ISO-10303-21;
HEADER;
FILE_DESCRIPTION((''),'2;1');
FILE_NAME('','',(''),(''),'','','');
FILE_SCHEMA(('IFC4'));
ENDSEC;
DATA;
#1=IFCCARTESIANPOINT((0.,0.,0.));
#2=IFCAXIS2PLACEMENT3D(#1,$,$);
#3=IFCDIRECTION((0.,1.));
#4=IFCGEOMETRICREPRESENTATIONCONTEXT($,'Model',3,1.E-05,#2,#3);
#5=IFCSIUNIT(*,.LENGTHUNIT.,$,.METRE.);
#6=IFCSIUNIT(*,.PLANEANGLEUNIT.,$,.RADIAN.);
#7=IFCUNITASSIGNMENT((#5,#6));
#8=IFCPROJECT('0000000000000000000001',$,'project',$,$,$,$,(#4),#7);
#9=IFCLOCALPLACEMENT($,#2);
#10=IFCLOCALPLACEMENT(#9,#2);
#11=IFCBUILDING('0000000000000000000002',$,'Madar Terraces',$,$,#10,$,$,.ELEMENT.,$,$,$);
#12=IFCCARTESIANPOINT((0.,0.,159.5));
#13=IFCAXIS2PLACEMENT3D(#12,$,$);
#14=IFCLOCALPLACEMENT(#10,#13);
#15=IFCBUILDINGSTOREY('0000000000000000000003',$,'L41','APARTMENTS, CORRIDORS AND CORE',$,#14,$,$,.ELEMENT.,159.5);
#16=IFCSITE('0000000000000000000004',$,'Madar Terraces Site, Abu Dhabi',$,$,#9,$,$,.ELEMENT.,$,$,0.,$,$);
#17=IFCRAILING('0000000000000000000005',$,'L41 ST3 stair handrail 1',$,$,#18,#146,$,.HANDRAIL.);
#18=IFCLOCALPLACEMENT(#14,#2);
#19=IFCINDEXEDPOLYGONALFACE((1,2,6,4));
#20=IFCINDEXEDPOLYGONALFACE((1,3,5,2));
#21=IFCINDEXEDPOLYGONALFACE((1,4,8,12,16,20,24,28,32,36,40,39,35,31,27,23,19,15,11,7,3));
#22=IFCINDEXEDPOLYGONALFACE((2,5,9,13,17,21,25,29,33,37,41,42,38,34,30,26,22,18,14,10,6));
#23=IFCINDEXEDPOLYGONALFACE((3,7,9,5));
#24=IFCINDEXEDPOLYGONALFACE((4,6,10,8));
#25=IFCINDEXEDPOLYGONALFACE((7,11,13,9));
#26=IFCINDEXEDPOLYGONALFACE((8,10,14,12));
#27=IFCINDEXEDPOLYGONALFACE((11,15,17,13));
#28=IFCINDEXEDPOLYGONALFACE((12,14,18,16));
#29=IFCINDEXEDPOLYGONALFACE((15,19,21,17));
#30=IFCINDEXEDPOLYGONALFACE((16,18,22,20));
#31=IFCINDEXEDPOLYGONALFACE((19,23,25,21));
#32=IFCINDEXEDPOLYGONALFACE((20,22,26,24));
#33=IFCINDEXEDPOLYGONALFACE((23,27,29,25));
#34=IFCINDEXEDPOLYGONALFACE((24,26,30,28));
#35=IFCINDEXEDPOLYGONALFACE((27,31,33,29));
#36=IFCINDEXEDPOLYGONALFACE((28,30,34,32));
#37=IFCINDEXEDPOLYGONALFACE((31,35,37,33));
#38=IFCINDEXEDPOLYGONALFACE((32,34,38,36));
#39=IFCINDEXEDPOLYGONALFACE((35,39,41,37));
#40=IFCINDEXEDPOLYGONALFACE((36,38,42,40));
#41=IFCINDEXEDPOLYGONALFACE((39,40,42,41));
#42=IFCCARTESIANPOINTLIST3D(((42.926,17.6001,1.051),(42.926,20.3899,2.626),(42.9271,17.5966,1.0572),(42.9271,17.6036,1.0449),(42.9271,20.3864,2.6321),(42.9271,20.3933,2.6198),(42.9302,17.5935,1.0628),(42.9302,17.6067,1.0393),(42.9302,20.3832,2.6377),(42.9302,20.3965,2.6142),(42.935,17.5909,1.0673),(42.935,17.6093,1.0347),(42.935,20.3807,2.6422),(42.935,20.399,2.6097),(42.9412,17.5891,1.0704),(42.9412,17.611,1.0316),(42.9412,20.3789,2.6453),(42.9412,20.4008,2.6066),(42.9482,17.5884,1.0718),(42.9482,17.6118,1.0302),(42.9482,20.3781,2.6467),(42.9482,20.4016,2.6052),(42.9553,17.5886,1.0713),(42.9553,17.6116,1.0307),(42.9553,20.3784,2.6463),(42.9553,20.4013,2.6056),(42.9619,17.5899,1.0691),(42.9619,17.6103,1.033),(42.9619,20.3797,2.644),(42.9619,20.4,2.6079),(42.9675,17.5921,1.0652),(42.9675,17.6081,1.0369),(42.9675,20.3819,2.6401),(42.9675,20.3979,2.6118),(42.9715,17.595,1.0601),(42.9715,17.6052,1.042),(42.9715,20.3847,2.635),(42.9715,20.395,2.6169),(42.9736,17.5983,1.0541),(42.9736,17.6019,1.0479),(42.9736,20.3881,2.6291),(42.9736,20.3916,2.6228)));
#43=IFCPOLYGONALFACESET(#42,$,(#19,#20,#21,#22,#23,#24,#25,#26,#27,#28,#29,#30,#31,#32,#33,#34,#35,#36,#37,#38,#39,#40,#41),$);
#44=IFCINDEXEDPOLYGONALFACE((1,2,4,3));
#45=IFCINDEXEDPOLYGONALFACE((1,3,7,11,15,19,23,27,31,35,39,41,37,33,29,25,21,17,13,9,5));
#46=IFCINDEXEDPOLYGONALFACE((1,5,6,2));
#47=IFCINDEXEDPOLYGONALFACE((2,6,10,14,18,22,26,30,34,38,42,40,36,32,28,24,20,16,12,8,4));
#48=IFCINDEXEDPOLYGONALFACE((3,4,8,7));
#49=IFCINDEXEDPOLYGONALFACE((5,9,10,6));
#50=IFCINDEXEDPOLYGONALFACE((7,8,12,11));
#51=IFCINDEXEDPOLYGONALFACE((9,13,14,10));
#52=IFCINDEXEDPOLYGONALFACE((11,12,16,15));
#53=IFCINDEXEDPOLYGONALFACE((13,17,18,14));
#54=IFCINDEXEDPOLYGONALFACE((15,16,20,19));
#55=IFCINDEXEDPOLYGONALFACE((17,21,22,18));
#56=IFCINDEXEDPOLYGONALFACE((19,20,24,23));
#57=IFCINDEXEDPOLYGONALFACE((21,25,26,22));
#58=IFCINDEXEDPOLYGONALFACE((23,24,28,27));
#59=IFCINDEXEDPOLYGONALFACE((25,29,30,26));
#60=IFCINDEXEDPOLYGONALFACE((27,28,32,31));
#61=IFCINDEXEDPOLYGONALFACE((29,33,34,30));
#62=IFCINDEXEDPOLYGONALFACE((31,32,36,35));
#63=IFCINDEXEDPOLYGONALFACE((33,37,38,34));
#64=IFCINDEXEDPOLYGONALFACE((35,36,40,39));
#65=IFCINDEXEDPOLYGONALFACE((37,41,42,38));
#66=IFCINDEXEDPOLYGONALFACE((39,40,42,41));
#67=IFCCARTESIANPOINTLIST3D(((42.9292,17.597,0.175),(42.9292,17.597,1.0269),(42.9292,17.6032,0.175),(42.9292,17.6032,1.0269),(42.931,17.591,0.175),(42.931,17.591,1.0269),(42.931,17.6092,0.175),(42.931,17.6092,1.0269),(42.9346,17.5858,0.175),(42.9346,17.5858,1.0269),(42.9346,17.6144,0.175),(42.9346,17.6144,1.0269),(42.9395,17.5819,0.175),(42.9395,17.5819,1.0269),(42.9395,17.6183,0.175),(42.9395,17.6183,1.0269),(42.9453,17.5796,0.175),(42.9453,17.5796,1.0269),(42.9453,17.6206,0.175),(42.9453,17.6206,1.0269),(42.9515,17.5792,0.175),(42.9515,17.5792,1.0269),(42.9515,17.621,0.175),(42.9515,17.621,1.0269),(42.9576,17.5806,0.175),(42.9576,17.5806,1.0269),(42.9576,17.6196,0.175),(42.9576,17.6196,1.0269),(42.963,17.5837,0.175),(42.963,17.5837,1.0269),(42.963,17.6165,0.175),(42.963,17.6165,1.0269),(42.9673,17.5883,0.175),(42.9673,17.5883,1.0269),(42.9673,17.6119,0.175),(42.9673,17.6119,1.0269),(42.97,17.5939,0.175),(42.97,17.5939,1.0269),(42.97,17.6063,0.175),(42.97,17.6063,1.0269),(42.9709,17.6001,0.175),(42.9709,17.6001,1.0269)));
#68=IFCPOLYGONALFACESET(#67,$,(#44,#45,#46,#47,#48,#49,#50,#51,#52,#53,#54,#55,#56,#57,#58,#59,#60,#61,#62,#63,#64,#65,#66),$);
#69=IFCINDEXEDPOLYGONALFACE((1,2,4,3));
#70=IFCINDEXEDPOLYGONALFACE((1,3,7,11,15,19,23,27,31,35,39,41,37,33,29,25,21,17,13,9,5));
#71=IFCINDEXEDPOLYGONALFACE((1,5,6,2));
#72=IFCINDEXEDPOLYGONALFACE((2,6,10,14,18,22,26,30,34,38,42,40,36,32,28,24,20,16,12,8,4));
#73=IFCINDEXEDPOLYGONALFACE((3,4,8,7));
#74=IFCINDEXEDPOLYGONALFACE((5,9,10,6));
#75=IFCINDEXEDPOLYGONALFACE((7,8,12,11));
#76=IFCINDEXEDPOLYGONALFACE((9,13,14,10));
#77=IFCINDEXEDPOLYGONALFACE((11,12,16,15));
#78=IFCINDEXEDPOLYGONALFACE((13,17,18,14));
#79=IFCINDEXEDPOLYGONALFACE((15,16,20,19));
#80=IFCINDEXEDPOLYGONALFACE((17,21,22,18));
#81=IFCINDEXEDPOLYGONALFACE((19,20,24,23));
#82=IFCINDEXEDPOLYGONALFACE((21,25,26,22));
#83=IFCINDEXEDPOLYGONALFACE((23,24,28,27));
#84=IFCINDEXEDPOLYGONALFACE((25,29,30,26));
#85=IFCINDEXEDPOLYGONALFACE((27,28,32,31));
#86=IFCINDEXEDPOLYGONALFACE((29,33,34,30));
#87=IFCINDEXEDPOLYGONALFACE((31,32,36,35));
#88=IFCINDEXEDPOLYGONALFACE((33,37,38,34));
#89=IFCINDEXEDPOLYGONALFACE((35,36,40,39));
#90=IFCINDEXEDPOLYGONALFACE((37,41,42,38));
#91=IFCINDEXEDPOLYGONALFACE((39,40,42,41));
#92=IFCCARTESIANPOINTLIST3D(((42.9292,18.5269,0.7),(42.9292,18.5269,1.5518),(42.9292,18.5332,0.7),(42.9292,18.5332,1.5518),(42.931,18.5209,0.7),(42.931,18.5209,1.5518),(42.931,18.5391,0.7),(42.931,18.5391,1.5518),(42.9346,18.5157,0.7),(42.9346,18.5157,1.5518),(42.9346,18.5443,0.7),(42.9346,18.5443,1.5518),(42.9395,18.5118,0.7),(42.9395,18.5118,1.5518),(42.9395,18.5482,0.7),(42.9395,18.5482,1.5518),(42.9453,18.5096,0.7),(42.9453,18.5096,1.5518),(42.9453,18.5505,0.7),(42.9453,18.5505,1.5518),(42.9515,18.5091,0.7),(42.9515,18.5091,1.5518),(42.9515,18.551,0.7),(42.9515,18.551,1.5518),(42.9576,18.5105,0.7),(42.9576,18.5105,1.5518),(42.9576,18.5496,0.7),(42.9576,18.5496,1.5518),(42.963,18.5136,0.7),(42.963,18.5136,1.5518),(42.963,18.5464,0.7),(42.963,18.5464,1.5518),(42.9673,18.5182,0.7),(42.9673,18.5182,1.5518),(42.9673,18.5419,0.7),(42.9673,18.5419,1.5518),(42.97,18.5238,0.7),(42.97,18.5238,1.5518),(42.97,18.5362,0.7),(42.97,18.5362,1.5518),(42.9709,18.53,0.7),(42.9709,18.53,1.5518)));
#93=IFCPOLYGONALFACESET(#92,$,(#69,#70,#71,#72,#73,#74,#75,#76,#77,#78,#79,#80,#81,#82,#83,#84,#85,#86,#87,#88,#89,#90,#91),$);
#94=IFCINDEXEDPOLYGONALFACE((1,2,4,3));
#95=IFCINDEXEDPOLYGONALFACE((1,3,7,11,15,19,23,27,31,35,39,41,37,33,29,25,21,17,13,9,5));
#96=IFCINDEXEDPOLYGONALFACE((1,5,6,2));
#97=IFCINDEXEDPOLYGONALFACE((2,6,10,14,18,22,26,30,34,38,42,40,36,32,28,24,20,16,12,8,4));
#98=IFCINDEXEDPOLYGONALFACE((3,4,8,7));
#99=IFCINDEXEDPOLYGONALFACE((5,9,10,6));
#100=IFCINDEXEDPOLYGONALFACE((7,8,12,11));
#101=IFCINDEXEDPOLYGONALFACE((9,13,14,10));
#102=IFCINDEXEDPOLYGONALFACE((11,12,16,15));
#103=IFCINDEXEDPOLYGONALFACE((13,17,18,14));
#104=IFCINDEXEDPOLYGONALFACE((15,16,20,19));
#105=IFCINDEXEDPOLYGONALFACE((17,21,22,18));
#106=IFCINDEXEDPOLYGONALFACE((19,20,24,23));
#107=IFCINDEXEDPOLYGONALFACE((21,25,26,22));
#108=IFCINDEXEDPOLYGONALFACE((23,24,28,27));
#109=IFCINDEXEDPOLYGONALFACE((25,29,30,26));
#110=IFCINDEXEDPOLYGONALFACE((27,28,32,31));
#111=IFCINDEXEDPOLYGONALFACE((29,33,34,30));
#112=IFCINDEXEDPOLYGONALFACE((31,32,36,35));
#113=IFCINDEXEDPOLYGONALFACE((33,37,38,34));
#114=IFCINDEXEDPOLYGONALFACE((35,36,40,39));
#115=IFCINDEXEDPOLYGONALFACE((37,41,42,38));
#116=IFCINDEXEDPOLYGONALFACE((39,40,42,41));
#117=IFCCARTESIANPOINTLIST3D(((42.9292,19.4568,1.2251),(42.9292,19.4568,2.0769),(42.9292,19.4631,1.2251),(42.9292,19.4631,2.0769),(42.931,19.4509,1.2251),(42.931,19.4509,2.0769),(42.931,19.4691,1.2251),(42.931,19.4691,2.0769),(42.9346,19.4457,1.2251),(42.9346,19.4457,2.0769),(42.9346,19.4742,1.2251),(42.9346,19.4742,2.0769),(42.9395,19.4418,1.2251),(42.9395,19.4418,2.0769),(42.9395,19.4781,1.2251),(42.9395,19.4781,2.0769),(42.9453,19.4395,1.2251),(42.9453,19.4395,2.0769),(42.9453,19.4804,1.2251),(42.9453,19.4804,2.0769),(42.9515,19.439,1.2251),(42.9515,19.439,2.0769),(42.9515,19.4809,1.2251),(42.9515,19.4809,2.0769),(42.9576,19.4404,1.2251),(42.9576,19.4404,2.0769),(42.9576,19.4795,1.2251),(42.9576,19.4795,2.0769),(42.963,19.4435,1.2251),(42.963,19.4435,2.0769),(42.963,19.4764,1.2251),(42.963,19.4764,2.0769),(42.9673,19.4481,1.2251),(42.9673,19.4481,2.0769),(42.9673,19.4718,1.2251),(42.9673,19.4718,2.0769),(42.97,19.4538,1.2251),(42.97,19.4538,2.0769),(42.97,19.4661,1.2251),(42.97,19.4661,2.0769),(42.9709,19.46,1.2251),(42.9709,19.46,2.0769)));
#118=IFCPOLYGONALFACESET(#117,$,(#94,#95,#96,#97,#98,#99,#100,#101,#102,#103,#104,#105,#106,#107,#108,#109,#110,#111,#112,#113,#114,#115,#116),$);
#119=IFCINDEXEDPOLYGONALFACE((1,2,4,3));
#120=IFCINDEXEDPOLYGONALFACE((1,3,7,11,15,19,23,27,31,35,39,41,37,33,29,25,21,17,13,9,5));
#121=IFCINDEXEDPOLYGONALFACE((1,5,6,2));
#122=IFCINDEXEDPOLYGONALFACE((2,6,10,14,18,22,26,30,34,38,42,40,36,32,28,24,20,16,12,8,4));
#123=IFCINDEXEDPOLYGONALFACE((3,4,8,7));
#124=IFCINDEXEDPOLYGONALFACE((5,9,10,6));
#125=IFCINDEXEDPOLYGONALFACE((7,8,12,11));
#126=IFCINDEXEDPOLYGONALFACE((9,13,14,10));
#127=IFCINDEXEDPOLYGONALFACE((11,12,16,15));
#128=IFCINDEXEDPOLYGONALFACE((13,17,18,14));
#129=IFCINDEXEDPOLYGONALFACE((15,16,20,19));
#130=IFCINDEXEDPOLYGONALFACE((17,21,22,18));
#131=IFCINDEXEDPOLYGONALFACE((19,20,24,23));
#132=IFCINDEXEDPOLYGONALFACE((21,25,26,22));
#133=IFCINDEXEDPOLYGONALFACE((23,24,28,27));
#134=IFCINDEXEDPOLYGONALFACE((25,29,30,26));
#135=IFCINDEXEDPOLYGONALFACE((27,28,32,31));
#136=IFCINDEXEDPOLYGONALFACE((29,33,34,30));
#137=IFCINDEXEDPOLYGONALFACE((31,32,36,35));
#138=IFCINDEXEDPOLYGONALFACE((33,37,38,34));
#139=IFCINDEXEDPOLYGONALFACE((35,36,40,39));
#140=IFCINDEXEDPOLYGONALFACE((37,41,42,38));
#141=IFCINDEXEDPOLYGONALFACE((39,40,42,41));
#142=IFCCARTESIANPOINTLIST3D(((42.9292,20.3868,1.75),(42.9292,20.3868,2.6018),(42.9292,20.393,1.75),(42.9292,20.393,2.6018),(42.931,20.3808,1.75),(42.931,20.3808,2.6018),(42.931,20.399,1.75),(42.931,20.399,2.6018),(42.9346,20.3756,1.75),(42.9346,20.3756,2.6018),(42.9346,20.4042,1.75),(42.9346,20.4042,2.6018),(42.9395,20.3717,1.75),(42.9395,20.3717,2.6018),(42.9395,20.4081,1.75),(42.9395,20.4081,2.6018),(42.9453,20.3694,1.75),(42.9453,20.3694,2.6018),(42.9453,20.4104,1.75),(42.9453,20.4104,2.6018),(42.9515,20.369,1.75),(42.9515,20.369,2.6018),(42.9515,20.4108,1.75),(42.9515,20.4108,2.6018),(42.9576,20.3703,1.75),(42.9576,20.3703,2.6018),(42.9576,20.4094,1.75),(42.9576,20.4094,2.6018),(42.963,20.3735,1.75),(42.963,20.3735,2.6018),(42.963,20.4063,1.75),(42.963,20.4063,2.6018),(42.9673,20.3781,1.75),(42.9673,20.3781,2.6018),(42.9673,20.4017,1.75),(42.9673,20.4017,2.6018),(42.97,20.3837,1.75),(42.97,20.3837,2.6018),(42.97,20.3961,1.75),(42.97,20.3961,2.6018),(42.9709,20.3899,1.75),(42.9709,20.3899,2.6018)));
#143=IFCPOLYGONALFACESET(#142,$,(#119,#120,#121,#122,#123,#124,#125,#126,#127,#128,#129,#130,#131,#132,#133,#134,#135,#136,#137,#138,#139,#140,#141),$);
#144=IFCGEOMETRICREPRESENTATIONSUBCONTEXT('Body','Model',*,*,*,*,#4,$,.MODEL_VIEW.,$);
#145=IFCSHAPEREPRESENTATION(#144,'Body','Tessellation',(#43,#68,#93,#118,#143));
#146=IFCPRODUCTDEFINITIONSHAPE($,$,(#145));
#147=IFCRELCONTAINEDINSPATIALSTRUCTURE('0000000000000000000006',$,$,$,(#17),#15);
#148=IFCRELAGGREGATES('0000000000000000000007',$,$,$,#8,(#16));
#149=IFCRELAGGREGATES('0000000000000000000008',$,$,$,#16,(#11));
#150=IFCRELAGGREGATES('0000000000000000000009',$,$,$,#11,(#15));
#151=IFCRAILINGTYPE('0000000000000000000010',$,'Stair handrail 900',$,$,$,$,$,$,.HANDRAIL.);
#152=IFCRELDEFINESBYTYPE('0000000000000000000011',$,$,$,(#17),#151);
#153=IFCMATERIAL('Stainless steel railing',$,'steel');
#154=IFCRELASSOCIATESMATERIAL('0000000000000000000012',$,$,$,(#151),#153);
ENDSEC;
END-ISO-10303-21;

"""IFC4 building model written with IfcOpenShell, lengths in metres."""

from ifc_helpers import new_model, si_unit, direction, frame, origin, origin_2d, place, context, subcontext, project, spatial, circle, extrude, material, type_object, element, save


model = new_model("IFC4")

# Units and contexts
model_context = context("Model", 3, precision=1e-05, world=origin(), true_north=direction((0.0, 1.0)))
body_context = subcontext(model_context, "Body", "Model", "MODEL_VIEW")
ifc_project = project(units=[si_unit("LENGTHUNIT", "METRE"), si_unit("PLANEANGLEUNIT", "RADIAN")], contexts=[model_context])

# Site, building, storey
site_placement = place(None, origin())
site = spatial("IfcSite", under=ifc_project, at=site_placement, Name="Madar Terraces Site, Abu Dhabi", CompositionType="ELEMENT", RefElevation=0.0)
building_placement = place(site_placement, origin())
building = spatial("IfcBuilding", under=site, at=building_placement, Name="Madar Terraces", CompositionType="ELEMENT")
storey_placement = place(building_placement, frame((0.0, 0.0, 159.5)))
storey = spatial("IfcBuildingStorey", under=building, at=storey_placement, Name="L41", Description="APARTMENTS, CORRIDORS AND CORE", CompositionType="ELEMENT", Elevation=159.5)

# Railing
ifc_material_1 = material(Name="Stainless steel railing", Category="steel")
railing_type_1 = type_object("IfcRailingType", Name="Stair handrail 900", PredefinedType="HANDRAIL", material=ifc_material_1)
railing_1_placement = place(storey_placement, frame((42.95, 17.6001, 0.175)))
element("IfcRailing", 1, at=railing_1_placement, inside=storey, type_object=railing_type_1, Name="L41 ST3 stair handrail 1", PredefinedType="HANDRAIL", context=body_context, shape_type="SweptSolid", body=[
    extrude(circle(Radius=0.0239, at=origin_2d()), frame((0.0, 0.0, 0.876), z_axis=(0.0, 0.870815, 0.49161), x_axis=(-1.0, 0.0, 0.0)), (0.0, 0.0, 1.0), 3.2036),
    extrude(circle(Radius=0.021, at=origin_2d()), origin(), (0.0, 0.0, 1.0), 0.8518),
    extrude(circle(Radius=0.021, at=origin_2d()), frame((0.0, 0.9299, 0.5249)), (0.0, 0.0, 1.0), 0.8518),
    extrude(circle(Radius=0.021, at=origin_2d()), frame((0.0, 1.8599, 1.05)), (0.0, 0.0, 1.0), 0.8518),
    extrude(circle(Radius=0.021, at=origin_2d()), frame((0.0, 2.7898, 1.575)), (0.0, 0.0, 1.0), 0.8518),
])

save(model, "model.ifc")
